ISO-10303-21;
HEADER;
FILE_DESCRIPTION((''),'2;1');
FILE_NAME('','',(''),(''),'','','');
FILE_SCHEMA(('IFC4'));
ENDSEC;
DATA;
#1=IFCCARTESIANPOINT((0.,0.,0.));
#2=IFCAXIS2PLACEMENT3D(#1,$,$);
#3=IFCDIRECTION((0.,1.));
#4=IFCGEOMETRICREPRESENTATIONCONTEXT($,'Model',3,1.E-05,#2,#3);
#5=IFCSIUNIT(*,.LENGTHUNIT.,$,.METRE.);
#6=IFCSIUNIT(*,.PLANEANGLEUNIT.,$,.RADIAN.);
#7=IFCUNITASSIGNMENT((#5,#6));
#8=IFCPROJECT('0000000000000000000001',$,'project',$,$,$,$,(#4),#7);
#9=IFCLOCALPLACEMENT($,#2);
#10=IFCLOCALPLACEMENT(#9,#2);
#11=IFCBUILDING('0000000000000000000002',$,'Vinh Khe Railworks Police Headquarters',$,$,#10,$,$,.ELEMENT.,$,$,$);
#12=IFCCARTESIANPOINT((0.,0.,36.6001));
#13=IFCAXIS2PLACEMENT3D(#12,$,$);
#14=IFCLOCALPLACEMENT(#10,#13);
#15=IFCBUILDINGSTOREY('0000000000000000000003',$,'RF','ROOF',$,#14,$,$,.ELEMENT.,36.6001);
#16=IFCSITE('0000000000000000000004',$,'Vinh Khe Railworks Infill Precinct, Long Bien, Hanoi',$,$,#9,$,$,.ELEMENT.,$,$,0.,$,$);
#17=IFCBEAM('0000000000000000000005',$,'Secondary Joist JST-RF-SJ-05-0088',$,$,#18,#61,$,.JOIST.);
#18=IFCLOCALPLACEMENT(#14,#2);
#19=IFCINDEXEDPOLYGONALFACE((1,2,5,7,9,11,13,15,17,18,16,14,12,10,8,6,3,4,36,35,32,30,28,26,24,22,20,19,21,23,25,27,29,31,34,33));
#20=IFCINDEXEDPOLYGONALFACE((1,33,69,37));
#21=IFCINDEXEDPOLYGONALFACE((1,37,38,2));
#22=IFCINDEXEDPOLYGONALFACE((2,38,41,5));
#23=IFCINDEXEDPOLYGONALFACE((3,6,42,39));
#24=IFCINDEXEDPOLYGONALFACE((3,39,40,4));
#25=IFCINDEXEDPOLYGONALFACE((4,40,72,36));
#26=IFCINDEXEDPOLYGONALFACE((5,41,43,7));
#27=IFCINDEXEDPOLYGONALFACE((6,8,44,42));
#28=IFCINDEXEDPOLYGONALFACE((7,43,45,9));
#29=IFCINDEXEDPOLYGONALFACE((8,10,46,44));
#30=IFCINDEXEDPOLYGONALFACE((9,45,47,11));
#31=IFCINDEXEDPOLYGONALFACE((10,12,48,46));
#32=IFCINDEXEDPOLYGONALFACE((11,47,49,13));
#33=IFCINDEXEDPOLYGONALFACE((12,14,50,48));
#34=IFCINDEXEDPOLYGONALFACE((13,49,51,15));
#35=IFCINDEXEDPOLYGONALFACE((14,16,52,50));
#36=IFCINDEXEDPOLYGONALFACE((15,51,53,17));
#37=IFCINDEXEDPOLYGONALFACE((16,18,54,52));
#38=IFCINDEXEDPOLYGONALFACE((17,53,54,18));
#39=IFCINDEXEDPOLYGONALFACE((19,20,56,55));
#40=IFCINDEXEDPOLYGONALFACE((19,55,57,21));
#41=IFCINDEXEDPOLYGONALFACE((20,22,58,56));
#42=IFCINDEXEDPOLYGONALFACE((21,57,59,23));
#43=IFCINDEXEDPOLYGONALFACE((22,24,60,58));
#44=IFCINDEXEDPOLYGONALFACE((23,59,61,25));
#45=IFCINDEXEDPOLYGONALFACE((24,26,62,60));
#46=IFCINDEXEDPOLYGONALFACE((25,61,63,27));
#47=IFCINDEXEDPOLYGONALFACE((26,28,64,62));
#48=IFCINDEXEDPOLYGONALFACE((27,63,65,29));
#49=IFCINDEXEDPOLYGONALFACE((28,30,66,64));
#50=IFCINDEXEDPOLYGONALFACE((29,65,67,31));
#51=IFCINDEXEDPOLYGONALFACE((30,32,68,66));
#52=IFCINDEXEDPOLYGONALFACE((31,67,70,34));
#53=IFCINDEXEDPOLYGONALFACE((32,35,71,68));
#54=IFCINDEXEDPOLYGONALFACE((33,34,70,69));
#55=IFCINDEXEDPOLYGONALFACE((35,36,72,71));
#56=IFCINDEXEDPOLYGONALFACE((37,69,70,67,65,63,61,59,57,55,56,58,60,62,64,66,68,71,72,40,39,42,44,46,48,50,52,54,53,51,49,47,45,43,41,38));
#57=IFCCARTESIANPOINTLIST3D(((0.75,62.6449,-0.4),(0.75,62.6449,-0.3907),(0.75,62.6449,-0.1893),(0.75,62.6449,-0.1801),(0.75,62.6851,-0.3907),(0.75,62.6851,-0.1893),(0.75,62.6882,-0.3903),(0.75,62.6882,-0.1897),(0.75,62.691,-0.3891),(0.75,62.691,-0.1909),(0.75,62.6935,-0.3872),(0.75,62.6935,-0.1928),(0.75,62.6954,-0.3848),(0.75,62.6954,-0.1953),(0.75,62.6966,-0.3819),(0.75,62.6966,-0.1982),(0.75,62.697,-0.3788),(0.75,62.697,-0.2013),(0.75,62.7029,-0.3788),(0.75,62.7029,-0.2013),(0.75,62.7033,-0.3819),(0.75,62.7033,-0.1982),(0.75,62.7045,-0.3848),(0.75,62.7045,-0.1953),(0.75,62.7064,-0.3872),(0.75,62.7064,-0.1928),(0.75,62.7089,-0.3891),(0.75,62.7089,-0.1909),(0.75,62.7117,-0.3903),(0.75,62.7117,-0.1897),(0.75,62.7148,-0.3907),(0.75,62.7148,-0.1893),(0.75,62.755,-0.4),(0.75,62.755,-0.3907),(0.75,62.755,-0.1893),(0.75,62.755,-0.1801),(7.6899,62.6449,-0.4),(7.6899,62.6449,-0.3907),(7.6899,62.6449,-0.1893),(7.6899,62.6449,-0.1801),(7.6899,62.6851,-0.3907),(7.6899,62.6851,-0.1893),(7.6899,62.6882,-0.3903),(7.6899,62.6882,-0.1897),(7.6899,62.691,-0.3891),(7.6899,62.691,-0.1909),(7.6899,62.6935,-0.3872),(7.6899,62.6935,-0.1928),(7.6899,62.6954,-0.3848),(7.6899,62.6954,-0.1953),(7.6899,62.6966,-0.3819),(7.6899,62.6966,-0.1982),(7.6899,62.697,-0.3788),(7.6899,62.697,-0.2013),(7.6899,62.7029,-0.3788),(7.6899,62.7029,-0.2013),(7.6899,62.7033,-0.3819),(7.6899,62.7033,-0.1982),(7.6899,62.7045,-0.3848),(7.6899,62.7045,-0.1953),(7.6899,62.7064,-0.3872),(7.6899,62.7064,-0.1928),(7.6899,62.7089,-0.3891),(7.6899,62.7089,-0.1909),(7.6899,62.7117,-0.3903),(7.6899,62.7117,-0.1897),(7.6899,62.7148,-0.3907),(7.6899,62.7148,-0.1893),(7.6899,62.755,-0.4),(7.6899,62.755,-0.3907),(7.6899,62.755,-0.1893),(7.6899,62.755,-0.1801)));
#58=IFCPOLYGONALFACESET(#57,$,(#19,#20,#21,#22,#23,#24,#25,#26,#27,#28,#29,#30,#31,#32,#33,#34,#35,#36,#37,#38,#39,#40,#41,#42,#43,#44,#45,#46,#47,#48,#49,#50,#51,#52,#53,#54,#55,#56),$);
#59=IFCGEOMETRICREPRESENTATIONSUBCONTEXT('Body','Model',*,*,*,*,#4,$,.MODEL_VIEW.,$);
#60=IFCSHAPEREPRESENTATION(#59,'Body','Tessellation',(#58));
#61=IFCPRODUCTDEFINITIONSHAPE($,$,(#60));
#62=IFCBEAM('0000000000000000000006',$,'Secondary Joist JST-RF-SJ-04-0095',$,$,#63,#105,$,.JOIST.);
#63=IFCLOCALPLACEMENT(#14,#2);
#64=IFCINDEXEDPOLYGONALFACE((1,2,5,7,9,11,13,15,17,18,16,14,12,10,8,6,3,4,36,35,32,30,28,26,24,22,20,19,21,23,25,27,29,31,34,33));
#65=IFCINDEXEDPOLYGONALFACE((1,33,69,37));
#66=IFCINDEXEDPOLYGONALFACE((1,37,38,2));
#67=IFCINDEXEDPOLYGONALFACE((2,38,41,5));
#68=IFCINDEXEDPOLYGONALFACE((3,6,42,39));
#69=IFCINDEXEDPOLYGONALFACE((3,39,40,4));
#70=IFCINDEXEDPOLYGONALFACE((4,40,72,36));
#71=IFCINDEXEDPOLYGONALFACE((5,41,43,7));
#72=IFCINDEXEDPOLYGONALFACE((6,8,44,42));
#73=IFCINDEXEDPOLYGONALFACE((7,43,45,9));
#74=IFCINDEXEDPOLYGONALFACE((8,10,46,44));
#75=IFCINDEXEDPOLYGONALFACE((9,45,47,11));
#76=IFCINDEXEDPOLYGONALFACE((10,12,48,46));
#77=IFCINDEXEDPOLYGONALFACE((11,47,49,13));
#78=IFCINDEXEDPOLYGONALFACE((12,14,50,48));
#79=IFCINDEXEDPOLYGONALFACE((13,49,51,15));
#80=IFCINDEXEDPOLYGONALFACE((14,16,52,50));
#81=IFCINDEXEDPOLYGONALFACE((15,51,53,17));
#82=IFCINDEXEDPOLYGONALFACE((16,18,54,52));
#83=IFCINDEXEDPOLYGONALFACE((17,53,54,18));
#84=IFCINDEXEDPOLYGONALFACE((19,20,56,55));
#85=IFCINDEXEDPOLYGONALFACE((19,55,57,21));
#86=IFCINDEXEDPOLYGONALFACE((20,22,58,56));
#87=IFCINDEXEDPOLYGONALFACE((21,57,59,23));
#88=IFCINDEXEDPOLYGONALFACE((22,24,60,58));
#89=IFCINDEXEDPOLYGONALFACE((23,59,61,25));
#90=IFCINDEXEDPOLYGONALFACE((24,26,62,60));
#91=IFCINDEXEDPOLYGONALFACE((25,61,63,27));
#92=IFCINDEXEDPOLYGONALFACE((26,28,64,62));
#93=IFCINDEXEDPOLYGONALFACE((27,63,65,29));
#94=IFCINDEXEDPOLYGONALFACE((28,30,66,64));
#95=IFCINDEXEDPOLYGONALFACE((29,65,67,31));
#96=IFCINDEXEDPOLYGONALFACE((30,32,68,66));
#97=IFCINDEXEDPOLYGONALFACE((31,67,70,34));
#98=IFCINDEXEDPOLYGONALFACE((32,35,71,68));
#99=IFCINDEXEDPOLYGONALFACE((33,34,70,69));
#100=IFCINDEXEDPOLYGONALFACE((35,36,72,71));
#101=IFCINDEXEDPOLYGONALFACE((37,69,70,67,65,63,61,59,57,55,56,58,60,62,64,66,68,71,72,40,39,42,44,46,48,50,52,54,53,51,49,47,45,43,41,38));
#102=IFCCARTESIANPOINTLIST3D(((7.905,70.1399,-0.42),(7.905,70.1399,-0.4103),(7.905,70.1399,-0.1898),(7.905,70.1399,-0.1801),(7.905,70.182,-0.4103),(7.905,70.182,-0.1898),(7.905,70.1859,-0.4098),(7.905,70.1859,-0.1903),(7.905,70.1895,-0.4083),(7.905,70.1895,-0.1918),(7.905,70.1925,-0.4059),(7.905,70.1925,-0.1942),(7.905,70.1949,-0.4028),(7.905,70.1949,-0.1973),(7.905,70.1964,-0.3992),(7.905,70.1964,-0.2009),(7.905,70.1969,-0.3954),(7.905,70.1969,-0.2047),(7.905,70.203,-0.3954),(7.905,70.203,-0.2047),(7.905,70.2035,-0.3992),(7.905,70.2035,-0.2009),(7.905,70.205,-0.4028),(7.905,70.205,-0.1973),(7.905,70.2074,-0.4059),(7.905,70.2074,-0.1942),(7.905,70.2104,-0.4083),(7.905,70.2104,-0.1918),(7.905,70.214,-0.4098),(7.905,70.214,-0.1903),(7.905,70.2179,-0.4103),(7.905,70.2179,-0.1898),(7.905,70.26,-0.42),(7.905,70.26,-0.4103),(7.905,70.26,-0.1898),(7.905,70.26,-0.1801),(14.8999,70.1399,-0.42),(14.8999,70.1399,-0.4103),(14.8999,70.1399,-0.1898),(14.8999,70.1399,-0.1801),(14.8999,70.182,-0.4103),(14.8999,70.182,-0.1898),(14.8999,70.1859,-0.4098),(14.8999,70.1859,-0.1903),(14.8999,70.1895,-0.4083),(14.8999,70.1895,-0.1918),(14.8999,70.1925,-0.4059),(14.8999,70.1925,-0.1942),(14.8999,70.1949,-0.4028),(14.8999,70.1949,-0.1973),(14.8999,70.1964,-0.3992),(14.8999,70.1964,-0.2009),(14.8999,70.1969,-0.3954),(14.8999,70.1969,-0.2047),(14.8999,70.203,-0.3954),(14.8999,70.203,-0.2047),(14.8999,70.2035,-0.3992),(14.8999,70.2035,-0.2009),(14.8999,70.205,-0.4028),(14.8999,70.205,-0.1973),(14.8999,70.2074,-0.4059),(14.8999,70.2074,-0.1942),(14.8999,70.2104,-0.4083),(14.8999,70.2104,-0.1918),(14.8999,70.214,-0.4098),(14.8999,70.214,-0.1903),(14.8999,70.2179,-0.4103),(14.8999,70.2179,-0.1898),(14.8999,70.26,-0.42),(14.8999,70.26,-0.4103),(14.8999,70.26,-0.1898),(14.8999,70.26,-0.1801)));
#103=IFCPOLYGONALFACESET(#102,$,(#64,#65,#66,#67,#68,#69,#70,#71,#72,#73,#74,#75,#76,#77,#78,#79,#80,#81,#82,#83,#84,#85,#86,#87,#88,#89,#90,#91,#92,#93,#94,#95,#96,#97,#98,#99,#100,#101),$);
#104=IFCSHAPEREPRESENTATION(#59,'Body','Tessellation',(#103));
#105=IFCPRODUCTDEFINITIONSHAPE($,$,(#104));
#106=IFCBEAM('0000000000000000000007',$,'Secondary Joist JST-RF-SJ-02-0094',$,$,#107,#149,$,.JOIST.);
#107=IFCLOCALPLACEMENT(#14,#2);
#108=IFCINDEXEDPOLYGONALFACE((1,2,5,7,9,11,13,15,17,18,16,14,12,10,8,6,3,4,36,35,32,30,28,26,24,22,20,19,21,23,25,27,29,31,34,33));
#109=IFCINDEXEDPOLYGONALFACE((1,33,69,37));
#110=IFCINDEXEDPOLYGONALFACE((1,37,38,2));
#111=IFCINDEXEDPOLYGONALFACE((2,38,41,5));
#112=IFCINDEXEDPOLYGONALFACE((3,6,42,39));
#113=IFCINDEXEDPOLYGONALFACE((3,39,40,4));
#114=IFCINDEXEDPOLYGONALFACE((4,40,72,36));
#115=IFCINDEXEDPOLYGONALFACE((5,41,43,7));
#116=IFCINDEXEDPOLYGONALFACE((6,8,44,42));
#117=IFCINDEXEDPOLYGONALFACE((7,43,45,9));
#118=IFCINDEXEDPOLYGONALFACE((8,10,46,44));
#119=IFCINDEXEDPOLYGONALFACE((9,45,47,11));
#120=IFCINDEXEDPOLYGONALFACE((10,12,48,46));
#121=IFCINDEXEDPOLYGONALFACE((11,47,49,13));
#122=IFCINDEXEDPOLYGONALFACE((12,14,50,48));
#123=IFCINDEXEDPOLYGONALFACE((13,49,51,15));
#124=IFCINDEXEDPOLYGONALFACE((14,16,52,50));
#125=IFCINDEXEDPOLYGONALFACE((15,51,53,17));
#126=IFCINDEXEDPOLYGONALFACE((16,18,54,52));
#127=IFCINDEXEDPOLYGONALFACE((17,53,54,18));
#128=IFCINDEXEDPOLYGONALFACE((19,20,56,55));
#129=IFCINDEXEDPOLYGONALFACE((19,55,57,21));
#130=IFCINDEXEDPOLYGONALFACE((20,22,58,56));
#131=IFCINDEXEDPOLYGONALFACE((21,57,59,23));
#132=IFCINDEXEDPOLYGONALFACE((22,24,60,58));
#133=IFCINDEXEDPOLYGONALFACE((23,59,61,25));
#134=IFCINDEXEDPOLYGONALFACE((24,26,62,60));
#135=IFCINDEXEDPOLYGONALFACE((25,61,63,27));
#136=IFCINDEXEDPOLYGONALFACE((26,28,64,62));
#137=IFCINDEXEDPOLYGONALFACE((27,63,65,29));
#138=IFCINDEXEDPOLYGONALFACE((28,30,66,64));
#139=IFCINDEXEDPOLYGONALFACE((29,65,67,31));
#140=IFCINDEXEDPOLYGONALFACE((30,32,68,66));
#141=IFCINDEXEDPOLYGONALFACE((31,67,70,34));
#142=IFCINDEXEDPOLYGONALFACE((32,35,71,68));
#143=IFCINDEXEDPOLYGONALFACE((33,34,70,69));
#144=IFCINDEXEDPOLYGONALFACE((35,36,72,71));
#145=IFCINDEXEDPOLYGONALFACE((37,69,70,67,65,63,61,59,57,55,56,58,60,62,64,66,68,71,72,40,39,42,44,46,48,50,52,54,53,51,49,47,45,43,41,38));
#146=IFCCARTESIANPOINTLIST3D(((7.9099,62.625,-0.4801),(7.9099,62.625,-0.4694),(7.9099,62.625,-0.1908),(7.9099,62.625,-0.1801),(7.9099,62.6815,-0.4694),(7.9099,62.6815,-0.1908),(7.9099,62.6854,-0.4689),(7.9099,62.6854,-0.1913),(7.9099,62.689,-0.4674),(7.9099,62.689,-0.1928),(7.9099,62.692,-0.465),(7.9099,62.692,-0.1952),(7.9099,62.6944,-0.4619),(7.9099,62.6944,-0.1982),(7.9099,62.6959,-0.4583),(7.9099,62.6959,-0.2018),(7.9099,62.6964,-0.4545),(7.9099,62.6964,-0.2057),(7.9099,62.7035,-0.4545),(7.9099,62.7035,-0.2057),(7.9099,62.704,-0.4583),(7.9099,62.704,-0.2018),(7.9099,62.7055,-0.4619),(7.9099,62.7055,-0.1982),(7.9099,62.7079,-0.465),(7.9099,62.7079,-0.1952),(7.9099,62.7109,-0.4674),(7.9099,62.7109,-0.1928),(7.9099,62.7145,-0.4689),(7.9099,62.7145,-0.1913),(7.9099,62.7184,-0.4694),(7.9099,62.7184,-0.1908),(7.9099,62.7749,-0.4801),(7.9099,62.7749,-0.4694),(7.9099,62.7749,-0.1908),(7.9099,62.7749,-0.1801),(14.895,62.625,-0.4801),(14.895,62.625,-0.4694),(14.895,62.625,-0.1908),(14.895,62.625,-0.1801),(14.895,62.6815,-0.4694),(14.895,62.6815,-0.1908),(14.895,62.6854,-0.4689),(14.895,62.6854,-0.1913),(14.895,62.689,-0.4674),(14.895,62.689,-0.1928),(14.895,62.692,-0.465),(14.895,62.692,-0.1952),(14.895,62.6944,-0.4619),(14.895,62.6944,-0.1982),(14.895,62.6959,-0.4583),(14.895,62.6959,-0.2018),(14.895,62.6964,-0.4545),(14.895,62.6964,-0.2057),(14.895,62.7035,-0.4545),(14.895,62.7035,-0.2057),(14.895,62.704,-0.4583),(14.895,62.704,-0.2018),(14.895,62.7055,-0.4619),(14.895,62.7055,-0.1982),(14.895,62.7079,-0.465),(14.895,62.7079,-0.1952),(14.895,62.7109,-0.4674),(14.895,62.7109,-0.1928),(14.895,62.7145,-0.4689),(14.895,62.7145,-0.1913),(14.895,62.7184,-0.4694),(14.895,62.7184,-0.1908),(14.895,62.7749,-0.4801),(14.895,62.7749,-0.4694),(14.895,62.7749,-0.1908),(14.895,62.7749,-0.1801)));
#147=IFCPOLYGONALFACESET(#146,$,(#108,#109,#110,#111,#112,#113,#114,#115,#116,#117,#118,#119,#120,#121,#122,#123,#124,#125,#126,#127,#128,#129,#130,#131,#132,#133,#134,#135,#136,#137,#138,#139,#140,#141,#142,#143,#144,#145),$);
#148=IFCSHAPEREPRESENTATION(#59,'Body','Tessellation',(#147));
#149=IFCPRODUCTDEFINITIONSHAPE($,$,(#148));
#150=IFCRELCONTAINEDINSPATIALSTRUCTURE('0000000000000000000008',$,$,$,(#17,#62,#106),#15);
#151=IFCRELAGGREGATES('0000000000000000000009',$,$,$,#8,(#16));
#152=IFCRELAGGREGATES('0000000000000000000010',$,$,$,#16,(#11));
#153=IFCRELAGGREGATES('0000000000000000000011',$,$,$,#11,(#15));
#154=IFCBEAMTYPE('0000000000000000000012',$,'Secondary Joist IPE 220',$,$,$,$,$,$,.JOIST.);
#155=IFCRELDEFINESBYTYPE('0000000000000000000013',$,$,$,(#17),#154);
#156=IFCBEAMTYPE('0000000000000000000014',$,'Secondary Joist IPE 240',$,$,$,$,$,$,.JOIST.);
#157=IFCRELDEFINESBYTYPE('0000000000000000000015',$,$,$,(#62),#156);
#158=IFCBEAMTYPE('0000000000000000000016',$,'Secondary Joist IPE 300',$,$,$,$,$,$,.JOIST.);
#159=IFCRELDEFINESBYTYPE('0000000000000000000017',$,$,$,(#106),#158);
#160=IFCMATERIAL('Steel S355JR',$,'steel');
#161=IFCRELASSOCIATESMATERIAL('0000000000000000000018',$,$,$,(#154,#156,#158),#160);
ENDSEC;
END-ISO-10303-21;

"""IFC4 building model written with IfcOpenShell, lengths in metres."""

from ifc_helpers import new_model, si_unit, direction, frame, origin, origin_2d, place, context, subcontext, project, spatial, i_section, extrude, material, material_profile, profile_set, type_object, element, save


model = new_model("IFC4")

# Units and contexts
model_context = context("Model", 3, precision=1e-05, world=origin(), true_north=direction((0.0, 1.0)))
body_context = subcontext(model_context, "Body", "Model", "MODEL_VIEW")
ifc_project = project(units=[si_unit("LENGTHUNIT", "METRE"), si_unit("PLANEANGLEUNIT", "RADIAN")], contexts=[model_context])

# Site, building, storey
site_placement = place(None, origin())
site = spatial("IfcSite", under=ifc_project, at=site_placement, Name="Vinh Khe Railworks Infill Precinct, Long Bien, Hanoi", CompositionType="ELEMENT", RefElevation=0.0)
building_placement = place(site_placement, origin())
building = spatial("IfcBuilding", under=site, at=building_placement, Name="Vinh Khe Railworks Police Headquarters", CompositionType="ELEMENT")
storey_placement = place(building_placement, frame((0.0, 0.0, 36.6001)))
storey = spatial("IfcBuildingStorey", under=building, at=storey_placement, Name="RF", Description="ROOF", CompositionType="ELEMENT", Elevation=36.6001)

# Shared definitions
ifc_material_1 = material(Name="Steel S355JR", Category="steel")

# Beams
ifc_material_profile_1 = material_profile(ifc_material_1, i_section(OverallWidth=0.1101, OverallDepth=0.22, WebThickness=0.0059, FlangeThickness=0.0093, FilletRadius=0.012, at=origin_2d()), Name="IPE 220")
ifc_profile_set_1 = profile_set([ifc_material_profile_1], Name="Steel S355JR")
beam_type_1 = type_object("IfcBeamType", Name="Secondary Joist IPE 220", PredefinedType="JOIST", material=ifc_profile_set_1)
beam_1_placement = place(storey_placement, frame((0.75, 62.7, -0.29), z_axis=(1.0, 0.0, 0.0), x_axis=(0.0, 1.0, 0.0)))
element("IfcBeam", 1, at=beam_1_placement, inside=storey, type_object=beam_type_1, Name="Secondary Joist JST-RF-SJ-05-0088", PredefinedType="JOIST", context=body_context, shape_type="SweptSolid", body=[
    extrude(i_section(OverallWidth=0.1101, OverallDepth=0.22, WebThickness=0.0059, FlangeThickness=0.0093, FilletRadius=0.012, at=origin_2d()), origin(), (0.0, 0.0, 1.0), 6.9399),
])
ifc_material_profile_2 = material_profile(ifc_material_1, i_section(OverallWidth=0.1201, OverallDepth=0.24, WebThickness=0.0061, FlangeThickness=0.0098, FilletRadius=0.0149, at=origin_2d()), Name="IPE 240")
ifc_profile_set_2 = profile_set([ifc_material_profile_2], Name="Steel S355JR")
beam_type_2 = type_object("IfcBeamType", Name="Secondary Joist IPE 240", PredefinedType="JOIST", material=ifc_profile_set_2)
beam_2_placement = place(storey_placement, frame((7.905, 70.2, -0.3), z_axis=(1.0, 0.0, 0.0), x_axis=(0.0, 1.0, 0.0)))
element("IfcBeam", 2, at=beam_2_placement, inside=storey, type_object=beam_type_2, Name="Secondary Joist JST-RF-SJ-04-0095", PredefinedType="JOIST", context=body_context, shape_type="SweptSolid", body=[
    extrude(i_section(OverallWidth=0.1201, OverallDepth=0.24, WebThickness=0.0061, FlangeThickness=0.0098, FilletRadius=0.0149, at=origin_2d()), origin(), (0.0, 0.0, 1.0), 6.9949),
])
ifc_material_profile_3 = material_profile(ifc_material_1, i_section(OverallWidth=0.1499, OverallDepth=0.3, WebThickness=0.0071, FlangeThickness=0.0107, FilletRadius=0.0149, at=origin_2d()), Name="IPE 300")
ifc_profile_set_3 = profile_set([ifc_material_profile_3], Name="Steel S355JR")
beam_type_3 = type_object("IfcBeamType", Name="Secondary Joist IPE 300", PredefinedType="JOIST", material=ifc_profile_set_3)
beam_3_placement = place(storey_placement, frame((7.9099, 62.7, -0.3301), z_axis=(1.0, 0.0, 0.0), x_axis=(0.0, 1.0, 0.0)))
element("IfcBeam", 3, at=beam_3_placement, inside=storey, type_object=beam_type_3, Name="Secondary Joist JST-RF-SJ-02-0094", PredefinedType="JOIST", context=body_context, shape_type="SweptSolid", body=[
    extrude(i_section(OverallWidth=0.1499, OverallDepth=0.3, WebThickness=0.0071, FlangeThickness=0.0107, FilletRadius=0.0149, at=origin_2d()), origin(), (0.0, 0.0, 1.0), 6.9851),
])

save(model, "model.ifc")
